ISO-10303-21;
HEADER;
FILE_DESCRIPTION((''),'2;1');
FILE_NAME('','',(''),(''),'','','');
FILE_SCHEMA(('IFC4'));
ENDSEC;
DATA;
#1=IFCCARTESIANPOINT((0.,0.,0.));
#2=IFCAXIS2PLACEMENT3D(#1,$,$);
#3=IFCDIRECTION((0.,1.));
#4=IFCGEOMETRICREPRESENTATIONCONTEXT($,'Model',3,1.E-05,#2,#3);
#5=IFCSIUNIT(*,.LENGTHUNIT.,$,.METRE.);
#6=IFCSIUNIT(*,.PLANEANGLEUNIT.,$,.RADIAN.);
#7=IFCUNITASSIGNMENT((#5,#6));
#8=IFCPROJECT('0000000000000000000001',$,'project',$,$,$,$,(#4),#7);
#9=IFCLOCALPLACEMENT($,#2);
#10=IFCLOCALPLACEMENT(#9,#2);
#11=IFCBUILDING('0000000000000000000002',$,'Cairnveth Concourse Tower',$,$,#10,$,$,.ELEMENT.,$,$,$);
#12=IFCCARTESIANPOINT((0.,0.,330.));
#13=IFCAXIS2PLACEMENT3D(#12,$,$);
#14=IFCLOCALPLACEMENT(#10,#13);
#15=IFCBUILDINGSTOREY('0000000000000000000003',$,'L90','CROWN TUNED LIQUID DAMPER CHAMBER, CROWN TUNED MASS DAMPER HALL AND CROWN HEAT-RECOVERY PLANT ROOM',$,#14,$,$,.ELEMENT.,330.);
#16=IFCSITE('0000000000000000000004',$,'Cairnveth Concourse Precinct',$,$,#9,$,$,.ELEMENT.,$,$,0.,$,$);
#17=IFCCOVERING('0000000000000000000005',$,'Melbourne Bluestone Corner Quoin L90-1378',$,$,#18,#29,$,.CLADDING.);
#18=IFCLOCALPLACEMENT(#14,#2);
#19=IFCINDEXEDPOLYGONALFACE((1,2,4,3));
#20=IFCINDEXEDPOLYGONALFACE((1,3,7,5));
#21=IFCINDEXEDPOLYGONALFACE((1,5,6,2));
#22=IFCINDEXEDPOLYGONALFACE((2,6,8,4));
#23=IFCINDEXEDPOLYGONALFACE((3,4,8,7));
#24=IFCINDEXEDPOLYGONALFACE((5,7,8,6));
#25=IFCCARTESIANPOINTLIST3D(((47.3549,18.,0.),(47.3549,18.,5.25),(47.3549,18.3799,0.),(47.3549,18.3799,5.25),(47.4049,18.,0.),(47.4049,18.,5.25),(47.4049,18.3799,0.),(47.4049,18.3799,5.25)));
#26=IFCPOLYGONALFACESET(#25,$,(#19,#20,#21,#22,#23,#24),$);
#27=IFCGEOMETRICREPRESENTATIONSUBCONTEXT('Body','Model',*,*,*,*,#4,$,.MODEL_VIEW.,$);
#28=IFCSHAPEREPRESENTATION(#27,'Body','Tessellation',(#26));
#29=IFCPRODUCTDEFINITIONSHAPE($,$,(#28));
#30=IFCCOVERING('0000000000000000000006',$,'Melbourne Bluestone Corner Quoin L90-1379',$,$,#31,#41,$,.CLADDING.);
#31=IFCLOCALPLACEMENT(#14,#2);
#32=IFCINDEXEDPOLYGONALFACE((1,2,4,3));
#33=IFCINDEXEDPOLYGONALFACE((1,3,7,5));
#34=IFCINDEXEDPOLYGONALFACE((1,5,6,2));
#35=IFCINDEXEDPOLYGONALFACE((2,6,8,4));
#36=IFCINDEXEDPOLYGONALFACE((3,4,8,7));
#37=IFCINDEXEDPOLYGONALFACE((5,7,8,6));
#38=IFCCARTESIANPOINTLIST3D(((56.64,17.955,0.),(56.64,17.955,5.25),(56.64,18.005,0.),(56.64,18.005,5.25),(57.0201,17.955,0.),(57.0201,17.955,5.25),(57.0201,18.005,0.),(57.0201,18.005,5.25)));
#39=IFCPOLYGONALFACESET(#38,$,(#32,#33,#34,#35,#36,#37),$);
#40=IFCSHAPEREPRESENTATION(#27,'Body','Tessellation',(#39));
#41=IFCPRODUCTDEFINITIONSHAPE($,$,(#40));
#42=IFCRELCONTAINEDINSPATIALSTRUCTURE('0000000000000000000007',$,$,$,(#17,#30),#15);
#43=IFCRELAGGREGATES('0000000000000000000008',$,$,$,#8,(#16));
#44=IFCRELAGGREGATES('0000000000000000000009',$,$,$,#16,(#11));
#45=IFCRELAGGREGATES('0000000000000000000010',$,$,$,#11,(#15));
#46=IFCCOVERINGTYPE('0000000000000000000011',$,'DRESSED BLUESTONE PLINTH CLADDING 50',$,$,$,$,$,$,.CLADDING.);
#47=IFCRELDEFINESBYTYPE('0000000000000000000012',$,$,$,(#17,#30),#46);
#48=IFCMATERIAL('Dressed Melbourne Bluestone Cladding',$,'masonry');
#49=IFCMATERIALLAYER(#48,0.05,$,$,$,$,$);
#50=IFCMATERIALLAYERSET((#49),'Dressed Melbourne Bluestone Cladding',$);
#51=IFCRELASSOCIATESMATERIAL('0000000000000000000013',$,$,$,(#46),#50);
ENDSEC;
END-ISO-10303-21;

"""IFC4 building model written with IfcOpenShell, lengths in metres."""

from ifc_helpers import new_model, si_unit, direction, frame, frame_2d, origin, place, context, subcontext, project, spatial, rectangle, extrude, material, layer, layer_set, type_object, element, save


model = new_model("IFC4")

# Units and contexts
model_context = context("Model", 3, precision=1e-05, world=origin(), true_north=direction((0.0, 1.0)))
body_context = subcontext(model_context, "Body", "Model", "MODEL_VIEW")
ifc_project = project(units=[si_unit("LENGTHUNIT", "METRE"), si_unit("PLANEANGLEUNIT", "RADIAN")], contexts=[model_context])

# Site, building, storey
site_placement = place(None, origin())
site = spatial("IfcSite", under=ifc_project, at=site_placement, Name="Cairnveth Concourse Precinct", CompositionType="ELEMENT", RefElevation=0.0)
building_placement = place(site_placement, origin())
building = spatial("IfcBuilding", under=site, at=building_placement, Name="Cairnveth Concourse Tower", CompositionType="ELEMENT")
storey_placement = place(building_placement, frame((0.0, 0.0, 330.0)))
storey = spatial("IfcBuildingStorey", under=building, at=storey_placement, Name="L90", Description="CROWN TUNED LIQUID DAMPER CHAMBER, CROWN TUNED MASS DAMPER HALL AND CROWN HEAT-RECOVERY PLANT ROOM", CompositionType="ELEMENT", Elevation=330.0)

# Coverings
ifc_material_1 = material(Name="Dressed Melbourne Bluestone Cladding", Category="masonry")
ifc_layer_1 = layer(ifc_material_1, 0.05)
ifc_layer_set_1 = layer_set([ifc_layer_1], Name="Dressed Melbourne Bluestone Cladding")
covering_type = type_object("IfcCoveringType", Name="DRESSED BLUESTONE PLINTH CLADDING 50", PredefinedType="CLADDING", material=ifc_layer_set_1)
covering_1_placement = place(storey_placement, frame((47.3799, 18.3799, 0.0), z_axis=(0.0, 0.0, 1.0), x_axis=(0.0, -1.0, 0.0)))
element("IfcCovering", 1, at=covering_1_placement, inside=storey, type_object=covering_type, Name="Melbourne Bluestone Corner Quoin L90-1378", PredefinedType="CLADDING", context=body_context, shape_type="SweptSolid", body=[
    extrude(rectangle(XDim=0.3799, YDim=0.05, at=frame_2d((0.1899, 0.0))), origin(), (0.0, 0.0, 1.0), 5.25),
])
covering_2_placement = place(storey_placement, frame((57.02, 17.98, 0.0), z_axis=(0.0, 0.0, 1.0), x_axis=(-1.0, 0.0, 0.0)))
element("IfcCovering", 2, at=covering_2_placement, inside=storey, type_object=covering_type, Name="Melbourne Bluestone Corner Quoin L90-1379", PredefinedType="CLADDING", context=body_context, shape_type="SweptSolid", body=[
    extrude(rectangle(XDim=0.3801, YDim=0.05, at=frame_2d((0.1899, 0.0))), origin(), (0.0, 0.0, 1.0), 5.25),
])

save(model, "model.ifc")
